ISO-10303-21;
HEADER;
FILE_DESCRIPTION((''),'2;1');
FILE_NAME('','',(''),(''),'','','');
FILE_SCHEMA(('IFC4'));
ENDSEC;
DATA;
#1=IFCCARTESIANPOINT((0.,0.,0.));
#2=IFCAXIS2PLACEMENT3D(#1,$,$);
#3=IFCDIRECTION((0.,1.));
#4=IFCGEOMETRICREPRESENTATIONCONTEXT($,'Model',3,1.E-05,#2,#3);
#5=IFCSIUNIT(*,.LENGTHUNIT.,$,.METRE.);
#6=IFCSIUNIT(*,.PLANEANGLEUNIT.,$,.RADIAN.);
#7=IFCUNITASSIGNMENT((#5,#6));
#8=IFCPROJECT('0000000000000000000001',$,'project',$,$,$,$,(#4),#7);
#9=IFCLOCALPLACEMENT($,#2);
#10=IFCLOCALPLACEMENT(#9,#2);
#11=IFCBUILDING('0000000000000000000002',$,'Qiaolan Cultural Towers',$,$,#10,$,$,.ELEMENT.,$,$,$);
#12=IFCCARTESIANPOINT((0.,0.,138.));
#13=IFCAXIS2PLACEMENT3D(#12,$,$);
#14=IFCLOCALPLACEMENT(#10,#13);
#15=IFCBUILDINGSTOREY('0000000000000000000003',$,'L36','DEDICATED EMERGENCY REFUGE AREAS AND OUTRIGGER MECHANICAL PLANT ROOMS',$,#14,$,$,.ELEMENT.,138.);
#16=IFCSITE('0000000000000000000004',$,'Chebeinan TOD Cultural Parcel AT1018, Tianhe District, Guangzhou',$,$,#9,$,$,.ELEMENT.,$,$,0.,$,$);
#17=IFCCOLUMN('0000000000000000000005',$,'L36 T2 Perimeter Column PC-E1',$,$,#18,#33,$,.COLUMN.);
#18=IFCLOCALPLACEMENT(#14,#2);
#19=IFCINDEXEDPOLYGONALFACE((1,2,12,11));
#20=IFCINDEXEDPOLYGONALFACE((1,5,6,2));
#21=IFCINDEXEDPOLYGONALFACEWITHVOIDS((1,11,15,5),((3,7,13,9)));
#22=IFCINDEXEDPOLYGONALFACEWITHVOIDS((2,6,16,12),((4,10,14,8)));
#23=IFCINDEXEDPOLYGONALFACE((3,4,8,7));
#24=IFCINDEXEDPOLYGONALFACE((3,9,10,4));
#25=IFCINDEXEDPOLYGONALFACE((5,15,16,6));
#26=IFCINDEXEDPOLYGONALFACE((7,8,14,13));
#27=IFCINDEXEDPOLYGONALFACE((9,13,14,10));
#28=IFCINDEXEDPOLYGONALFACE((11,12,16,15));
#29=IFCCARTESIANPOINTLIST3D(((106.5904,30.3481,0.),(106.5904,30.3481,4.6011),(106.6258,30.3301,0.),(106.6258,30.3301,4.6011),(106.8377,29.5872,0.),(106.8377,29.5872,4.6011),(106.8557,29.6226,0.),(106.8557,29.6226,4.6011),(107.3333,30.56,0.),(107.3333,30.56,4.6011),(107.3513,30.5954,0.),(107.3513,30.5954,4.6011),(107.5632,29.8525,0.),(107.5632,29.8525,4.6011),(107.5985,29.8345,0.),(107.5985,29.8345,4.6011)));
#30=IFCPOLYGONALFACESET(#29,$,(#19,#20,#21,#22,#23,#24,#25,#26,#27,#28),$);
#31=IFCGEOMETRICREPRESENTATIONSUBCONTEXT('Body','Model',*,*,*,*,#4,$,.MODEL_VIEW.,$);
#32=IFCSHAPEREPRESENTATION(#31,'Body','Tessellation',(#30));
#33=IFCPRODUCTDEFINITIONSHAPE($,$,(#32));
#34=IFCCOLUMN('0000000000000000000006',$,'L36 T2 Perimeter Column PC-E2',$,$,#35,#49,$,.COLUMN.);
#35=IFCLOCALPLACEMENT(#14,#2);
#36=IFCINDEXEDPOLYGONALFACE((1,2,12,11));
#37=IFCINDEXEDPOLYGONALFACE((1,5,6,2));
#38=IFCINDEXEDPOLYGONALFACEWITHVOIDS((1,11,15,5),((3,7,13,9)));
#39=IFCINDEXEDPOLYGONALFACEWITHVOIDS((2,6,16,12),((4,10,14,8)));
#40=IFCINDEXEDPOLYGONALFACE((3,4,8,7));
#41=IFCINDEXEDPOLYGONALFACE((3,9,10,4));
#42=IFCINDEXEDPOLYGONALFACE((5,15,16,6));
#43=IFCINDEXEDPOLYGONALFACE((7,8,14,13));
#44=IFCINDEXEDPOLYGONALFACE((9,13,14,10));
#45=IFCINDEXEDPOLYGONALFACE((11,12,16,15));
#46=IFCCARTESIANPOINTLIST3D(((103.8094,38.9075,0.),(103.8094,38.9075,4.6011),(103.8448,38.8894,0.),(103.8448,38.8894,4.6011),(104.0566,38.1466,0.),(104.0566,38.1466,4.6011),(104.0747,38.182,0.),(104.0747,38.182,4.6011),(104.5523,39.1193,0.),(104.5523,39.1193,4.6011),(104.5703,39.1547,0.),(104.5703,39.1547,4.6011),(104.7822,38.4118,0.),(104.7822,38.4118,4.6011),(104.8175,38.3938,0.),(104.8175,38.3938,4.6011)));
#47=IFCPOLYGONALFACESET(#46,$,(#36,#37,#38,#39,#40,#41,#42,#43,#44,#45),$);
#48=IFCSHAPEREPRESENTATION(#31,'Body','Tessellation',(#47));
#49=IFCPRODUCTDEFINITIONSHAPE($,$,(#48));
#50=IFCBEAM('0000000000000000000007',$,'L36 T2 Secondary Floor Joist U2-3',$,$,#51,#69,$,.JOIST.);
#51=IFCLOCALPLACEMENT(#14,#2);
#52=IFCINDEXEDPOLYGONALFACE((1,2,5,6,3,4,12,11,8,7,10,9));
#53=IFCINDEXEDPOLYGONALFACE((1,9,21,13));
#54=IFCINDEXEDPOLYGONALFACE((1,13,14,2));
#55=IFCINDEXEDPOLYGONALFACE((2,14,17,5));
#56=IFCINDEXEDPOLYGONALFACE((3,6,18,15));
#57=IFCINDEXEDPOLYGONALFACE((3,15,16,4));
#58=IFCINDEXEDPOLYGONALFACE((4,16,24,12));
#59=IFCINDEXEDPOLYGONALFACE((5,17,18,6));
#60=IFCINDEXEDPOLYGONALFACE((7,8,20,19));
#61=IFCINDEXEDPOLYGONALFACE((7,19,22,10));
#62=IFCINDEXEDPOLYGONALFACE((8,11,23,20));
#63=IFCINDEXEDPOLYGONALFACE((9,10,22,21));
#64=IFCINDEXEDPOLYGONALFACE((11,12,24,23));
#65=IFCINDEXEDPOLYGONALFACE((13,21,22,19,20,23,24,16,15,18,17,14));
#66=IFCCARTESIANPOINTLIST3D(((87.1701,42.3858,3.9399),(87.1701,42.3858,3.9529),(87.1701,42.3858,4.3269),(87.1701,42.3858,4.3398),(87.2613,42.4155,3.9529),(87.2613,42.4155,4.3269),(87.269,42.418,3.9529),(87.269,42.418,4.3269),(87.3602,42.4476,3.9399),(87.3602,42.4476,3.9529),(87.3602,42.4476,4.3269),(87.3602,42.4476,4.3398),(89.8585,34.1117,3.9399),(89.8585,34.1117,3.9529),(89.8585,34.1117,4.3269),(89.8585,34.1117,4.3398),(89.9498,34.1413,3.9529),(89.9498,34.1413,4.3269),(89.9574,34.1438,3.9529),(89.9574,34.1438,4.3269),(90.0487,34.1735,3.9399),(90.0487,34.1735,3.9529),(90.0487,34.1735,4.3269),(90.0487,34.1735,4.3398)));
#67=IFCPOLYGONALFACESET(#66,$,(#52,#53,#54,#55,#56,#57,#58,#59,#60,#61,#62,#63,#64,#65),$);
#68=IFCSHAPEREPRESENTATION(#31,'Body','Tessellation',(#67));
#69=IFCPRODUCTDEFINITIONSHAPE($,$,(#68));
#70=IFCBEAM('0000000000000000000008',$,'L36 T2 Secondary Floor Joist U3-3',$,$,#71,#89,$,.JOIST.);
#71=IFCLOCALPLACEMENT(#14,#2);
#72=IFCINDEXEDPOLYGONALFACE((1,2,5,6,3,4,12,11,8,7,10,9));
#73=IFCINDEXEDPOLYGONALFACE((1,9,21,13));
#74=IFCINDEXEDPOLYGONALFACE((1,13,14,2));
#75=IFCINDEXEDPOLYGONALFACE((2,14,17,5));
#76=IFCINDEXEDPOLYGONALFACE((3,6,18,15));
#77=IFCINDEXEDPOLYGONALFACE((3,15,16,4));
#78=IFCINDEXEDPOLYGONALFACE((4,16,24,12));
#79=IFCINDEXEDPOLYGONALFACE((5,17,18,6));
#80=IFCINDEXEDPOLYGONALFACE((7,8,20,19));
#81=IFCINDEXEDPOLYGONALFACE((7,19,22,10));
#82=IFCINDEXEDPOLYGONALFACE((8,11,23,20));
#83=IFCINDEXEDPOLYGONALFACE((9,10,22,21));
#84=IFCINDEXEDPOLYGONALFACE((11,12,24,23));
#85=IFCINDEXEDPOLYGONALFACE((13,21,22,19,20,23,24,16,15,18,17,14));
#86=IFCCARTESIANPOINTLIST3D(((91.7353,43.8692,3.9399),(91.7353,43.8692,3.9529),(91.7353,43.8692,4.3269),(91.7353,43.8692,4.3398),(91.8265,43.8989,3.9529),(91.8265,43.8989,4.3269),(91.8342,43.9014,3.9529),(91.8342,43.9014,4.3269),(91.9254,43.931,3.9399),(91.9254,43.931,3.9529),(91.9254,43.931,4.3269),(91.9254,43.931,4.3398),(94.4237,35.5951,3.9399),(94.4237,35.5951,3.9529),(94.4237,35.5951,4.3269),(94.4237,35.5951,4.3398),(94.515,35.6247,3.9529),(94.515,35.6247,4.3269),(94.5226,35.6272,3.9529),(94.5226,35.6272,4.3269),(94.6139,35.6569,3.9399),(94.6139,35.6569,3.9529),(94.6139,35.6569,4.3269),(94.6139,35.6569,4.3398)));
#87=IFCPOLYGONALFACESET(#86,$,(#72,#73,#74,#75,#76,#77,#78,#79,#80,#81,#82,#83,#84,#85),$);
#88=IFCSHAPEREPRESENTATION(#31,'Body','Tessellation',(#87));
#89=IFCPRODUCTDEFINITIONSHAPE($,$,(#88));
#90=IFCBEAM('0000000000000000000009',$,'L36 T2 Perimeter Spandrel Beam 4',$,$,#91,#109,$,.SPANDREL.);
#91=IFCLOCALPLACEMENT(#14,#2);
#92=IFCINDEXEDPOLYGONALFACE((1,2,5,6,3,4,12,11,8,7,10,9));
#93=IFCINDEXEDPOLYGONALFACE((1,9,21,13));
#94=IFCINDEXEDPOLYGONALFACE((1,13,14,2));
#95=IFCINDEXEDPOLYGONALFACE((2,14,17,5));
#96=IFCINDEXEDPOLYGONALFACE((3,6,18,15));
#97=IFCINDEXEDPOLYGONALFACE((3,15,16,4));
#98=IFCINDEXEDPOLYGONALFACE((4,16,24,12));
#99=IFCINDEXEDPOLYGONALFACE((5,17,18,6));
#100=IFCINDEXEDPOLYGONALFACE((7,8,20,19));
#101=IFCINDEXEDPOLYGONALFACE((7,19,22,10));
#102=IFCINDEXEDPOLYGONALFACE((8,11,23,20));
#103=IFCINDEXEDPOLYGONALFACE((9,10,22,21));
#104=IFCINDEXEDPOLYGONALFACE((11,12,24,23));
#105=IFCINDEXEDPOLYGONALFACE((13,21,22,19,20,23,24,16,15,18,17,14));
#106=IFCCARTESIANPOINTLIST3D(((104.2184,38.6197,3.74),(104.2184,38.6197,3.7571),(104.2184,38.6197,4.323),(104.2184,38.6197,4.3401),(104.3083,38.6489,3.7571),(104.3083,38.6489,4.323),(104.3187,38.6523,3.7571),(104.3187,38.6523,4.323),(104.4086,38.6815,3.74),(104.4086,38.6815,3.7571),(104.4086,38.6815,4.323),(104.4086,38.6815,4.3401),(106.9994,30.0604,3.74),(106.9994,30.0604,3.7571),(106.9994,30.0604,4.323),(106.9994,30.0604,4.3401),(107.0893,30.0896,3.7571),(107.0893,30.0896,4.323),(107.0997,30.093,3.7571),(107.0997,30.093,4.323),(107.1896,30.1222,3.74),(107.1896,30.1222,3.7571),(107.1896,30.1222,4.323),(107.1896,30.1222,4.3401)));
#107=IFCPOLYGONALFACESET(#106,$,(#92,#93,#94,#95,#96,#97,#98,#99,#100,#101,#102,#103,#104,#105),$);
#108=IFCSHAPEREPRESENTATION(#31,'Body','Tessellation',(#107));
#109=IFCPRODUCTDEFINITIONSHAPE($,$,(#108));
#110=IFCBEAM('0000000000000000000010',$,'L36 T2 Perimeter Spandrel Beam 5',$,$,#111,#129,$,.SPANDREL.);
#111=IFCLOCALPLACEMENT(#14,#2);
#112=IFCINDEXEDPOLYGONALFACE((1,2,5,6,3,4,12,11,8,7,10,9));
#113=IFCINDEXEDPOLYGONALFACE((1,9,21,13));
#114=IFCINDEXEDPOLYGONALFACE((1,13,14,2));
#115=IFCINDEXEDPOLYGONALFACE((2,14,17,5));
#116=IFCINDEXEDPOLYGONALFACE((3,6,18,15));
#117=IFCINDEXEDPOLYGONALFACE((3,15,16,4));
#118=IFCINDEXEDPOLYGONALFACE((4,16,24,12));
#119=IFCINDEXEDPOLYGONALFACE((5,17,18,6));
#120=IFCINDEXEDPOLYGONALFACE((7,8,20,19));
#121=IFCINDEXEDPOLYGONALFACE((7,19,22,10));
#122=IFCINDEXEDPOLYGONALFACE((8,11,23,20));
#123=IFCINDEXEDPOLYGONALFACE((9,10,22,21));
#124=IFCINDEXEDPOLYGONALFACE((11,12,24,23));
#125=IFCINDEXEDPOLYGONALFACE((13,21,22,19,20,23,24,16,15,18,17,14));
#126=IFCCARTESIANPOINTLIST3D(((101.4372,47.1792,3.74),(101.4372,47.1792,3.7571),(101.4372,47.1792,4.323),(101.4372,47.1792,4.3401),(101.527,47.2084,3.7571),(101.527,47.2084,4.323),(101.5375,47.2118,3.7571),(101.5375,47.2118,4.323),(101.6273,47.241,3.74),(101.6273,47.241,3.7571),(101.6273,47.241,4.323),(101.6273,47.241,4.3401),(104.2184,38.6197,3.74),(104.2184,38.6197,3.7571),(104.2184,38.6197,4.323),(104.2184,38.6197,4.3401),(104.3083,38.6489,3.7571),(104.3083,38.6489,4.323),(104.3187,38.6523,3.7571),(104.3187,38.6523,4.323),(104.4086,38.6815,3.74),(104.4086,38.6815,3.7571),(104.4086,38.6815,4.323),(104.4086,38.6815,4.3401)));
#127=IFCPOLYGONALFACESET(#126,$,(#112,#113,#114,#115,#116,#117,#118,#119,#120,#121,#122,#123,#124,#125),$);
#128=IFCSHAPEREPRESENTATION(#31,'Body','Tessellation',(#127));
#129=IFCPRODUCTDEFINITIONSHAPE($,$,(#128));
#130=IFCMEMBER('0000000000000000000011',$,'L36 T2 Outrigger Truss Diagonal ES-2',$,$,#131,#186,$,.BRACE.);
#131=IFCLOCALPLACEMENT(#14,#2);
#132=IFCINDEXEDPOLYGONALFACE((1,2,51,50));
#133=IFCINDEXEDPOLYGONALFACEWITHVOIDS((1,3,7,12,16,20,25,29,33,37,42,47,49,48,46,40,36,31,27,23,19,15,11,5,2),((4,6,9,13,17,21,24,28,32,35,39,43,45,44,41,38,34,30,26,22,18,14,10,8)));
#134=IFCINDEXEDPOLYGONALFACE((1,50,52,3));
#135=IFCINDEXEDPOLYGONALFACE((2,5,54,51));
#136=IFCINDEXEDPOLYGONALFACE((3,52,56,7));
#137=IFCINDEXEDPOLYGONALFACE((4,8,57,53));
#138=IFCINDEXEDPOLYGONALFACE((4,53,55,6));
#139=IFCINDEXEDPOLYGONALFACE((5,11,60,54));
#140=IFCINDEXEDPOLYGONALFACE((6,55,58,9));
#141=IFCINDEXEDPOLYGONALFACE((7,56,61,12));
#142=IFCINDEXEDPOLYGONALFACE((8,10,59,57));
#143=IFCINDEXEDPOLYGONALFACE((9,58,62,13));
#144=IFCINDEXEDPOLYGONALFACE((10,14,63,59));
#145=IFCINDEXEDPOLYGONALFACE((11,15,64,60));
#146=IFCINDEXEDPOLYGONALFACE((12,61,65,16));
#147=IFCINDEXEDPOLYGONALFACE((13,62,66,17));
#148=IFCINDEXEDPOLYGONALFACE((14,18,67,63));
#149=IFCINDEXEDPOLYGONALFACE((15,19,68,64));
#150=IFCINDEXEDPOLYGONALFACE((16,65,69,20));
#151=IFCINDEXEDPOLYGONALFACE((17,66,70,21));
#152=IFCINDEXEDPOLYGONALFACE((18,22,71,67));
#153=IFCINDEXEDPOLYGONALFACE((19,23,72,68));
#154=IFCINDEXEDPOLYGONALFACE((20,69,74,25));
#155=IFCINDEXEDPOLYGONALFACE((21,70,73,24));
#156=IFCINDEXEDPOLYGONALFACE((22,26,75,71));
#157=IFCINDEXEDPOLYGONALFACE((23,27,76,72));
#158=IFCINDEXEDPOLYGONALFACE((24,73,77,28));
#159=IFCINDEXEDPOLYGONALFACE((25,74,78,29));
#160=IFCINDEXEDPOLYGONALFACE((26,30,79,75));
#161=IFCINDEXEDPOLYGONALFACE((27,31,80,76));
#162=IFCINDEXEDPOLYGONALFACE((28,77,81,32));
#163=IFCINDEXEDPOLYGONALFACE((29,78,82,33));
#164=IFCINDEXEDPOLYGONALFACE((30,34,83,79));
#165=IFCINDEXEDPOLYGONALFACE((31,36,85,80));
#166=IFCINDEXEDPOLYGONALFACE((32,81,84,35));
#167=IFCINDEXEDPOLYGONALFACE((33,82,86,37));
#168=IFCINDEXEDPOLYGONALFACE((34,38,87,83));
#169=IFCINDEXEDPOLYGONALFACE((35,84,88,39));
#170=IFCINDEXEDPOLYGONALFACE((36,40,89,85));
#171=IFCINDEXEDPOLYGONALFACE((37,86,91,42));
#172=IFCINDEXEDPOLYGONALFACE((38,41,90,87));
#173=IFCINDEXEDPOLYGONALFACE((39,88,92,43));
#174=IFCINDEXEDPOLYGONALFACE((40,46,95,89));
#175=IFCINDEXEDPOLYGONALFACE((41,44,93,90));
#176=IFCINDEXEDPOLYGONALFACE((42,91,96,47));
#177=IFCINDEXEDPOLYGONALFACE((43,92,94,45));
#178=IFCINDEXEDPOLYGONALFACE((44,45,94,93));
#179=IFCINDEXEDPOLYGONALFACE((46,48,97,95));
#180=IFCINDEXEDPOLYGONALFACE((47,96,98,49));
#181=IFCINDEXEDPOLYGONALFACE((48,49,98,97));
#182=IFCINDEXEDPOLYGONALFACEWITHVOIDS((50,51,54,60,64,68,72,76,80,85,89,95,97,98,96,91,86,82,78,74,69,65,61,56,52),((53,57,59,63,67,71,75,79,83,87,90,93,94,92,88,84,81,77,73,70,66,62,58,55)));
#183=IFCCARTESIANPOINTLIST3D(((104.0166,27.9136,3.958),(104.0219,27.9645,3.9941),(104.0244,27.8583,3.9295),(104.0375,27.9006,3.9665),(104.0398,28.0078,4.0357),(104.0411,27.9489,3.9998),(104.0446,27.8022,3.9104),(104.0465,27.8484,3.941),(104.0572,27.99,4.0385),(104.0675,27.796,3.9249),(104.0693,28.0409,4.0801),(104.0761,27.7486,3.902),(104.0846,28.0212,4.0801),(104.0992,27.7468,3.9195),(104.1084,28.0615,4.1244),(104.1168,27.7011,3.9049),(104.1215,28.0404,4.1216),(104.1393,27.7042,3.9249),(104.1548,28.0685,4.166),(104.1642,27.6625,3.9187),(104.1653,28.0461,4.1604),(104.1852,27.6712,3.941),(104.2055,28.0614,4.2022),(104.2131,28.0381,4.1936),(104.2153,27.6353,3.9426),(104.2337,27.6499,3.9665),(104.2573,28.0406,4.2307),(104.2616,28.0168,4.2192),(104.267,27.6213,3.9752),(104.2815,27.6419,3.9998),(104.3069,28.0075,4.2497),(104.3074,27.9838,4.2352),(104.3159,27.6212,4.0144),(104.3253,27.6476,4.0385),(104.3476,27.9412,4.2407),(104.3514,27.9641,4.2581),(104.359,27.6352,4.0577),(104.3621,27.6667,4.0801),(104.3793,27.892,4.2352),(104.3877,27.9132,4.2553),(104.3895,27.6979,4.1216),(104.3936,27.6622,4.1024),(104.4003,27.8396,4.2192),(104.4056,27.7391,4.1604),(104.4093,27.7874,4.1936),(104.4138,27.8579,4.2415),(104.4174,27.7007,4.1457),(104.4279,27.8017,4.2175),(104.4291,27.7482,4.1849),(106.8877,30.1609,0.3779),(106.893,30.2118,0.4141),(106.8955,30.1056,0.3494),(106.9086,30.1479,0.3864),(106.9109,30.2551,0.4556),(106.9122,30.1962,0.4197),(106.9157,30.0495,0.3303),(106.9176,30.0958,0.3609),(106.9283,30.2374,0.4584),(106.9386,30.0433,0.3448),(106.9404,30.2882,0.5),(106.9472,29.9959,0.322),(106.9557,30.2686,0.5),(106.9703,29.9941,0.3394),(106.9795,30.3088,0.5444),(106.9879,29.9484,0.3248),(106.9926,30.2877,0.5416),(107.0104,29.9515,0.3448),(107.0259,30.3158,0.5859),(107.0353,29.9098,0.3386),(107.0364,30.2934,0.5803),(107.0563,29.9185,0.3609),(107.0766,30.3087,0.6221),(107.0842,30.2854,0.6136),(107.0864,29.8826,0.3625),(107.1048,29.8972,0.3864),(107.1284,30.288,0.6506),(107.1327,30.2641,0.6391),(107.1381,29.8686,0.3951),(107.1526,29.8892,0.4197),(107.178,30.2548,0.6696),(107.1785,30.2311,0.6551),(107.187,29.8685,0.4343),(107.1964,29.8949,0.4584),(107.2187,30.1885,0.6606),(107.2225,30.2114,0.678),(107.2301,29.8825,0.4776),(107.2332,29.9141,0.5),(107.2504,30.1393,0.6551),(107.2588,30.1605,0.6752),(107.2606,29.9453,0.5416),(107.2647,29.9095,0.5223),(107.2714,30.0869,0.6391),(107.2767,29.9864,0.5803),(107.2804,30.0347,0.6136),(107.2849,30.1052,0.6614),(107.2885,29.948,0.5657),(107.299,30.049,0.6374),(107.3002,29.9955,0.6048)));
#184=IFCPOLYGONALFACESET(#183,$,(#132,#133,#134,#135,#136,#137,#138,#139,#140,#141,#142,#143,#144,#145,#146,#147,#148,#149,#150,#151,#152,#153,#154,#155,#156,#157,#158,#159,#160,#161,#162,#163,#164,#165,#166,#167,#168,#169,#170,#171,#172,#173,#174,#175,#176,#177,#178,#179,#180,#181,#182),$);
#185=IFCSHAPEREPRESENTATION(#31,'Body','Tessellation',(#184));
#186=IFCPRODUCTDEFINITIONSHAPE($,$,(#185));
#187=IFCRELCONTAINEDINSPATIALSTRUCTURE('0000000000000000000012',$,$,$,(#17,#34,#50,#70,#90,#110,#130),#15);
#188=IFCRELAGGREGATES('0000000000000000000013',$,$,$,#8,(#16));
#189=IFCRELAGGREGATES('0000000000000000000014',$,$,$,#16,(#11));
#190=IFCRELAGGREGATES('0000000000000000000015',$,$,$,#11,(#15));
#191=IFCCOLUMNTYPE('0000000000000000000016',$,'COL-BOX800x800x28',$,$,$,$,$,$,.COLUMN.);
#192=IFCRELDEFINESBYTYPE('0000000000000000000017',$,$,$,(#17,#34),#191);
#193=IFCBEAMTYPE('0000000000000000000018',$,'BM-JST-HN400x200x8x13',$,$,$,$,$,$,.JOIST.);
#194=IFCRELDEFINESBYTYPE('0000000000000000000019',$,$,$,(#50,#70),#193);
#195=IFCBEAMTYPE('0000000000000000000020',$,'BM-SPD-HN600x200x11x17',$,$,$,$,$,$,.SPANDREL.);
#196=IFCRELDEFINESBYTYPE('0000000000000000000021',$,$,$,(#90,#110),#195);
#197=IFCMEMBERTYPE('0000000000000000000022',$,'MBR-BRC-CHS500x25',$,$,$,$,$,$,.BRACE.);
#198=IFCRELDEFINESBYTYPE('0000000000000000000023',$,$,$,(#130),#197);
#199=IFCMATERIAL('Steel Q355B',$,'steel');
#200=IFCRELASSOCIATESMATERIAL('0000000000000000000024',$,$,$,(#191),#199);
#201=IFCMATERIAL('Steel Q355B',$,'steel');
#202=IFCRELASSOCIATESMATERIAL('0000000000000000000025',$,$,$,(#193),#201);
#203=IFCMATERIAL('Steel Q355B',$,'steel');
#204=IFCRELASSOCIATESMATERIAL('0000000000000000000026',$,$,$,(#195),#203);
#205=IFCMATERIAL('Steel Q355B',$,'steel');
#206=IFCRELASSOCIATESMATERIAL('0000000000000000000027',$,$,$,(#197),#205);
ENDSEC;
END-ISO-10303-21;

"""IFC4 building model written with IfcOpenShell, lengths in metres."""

from ifc_helpers import new_model, si_unit, direction, frame, origin, origin_2d, place, context, subcontext, project, spatial, hollow_rectangle, hollow_circle, i_section, extrude, material, material_profile, profile_set, type_object, element, save


model = new_model("IFC4")

# Units and contexts
model_context = context("Model", 3, precision=1e-05, world=origin(), true_north=direction((0.0, 1.0)))
body_context = subcontext(model_context, "Body", "Model", "MODEL_VIEW")
ifc_project = project(units=[si_unit("LENGTHUNIT", "METRE"), si_unit("PLANEANGLEUNIT", "RADIAN")], contexts=[model_context])

# Site, building, storey
site_placement = place(None, origin())
site = spatial("IfcSite", under=ifc_project, at=site_placement, Name="Chebeinan TOD Cultural Parcel AT1018, Tianhe District, Guangzhou", CompositionType="ELEMENT", RefElevation=0.0)
building_placement = place(site_placement, origin())
building = spatial("IfcBuilding", under=site, at=building_placement, Name="Qiaolan Cultural Towers", CompositionType="ELEMENT")
storey_placement = place(building_placement, frame((0.0, 0.0, 138.0)))
storey = spatial("IfcBuildingStorey", under=building, at=storey_placement, Name="L36", Description="DEDICATED EMERGENCY REFUGE AREAS AND OUTRIGGER MECHANICAL PLANT ROOMS", CompositionType="ELEMENT", Elevation=138.0)

# Columns
ifc_material_1 = material(Name="Steel Q355B", Category="steel")
ifc_material_profile_1 = material_profile(ifc_material_1, hollow_rectangle(XDim=0.8, YDim=0.8, WallThickness=0.0281, at=origin_2d()), Name="BOX800x800x28")
ifc_profile_set_1 = profile_set([ifc_material_profile_1], Name="Steel Q355B")
column_type = type_object("IfcColumnType", Name="COL-BOX800x800x28", PredefinedType="COLUMN", material=ifc_profile_set_1)
for number, where, z_axis, x_axis, name in (
    (1, (107.0945, 30.0913, 0.0), (0.0, 0.0, 1.0), (0.951057, 0.309017, 0.0), "L36 T2 Perimeter Column PC-E1"),
    (2, (104.3135, 38.6506, 0.0), (0.0, 0.0, 1.0), (0.951057, 0.309017, 0.0), "L36 T2 Perimeter Column PC-E2"),
):
    element("IfcColumn", number, at=place(storey_placement, frame(where, z_axis=z_axis, x_axis=x_axis)), inside=storey, type_object=column_type, Name=name, PredefinedType="COLUMN", context=body_context, shape_type="SweptSolid", body=[
        extrude(hollow_rectangle(XDim=0.8, YDim=0.8, WallThickness=0.0281, at=origin_2d()), origin(), (0.0, 0.0, 1.0), 4.6011),
    ])

# Beams
ifc_material_2 = material(Name="Steel Q355B", Category="steel")
ifc_material_profile_2 = material_profile(ifc_material_2, i_section(OverallWidth=0.2, OverallDepth=0.3999, WebThickness=0.0081, FlangeThickness=0.0129, at=origin_2d()), Name="HN400x200x8x13")
ifc_profile_set_2 = profile_set([ifc_material_profile_2], Name="Steel Q355B")
beam_type_1 = type_object("IfcBeamType", Name="BM-JST-HN400x200x8x13", PredefinedType="JOIST", material=ifc_profile_set_2)
for number, where, z_axis, x_axis, name in (
    (3, (89.9536, 34.1426, 4.1399), (-0.309021, 0.951055, 0.0), (-0.951055, -0.309021, 0.0), "L36 T2 Secondary Floor Joist U2-3"),
    (4, (94.5188, 35.626, 4.1399), (-0.309021, 0.951055, 0.0), (-0.951055, -0.309021, 0.0), "L36 T2 Secondary Floor Joist U3-3"),
):
    element("IfcBeam", number, at=place(storey_placement, frame(where, z_axis=z_axis, x_axis=x_axis)), inside=storey, type_object=beam_type_1, Name=name, PredefinedType="JOIST", context=body_context, shape_type="SweptSolid", body=[
        extrude(i_section(OverallWidth=0.2, OverallDepth=0.3999, WebThickness=0.0081, FlangeThickness=0.0129, at=origin_2d()), origin(), (0.0, 0.0, 1.0), 8.7),
    ])
ifc_material_3 = material(Name="Steel Q355B", Category="steel")
ifc_material_profile_3 = material_profile(ifc_material_3, i_section(OverallWidth=0.2, OverallDepth=0.6001, WebThickness=0.011, FlangeThickness=0.0171, at=origin_2d()), Name="HN600x200x11x17")
ifc_profile_set_3 = profile_set([ifc_material_profile_3], Name="Steel Q355B")
beam_type_2 = type_object("IfcBeamType", Name="BM-SPD-HN600x200x11x17", PredefinedType="SPANDREL", material=ifc_profile_set_3)
beam_1_placement = place(storey_placement, frame((107.0945, 30.0913, 4.04), z_axis=(-0.309008, 0.951059, 0.0), x_axis=(-0.951059, -0.309008, 0.0)))
element("IfcBeam", 5, at=beam_1_placement, inside=storey, type_object=beam_type_2, Name="L36 T2 Perimeter Spandrel Beam 4", PredefinedType="SPANDREL", context=body_context, shape_type="SweptSolid", body=[
    extrude(i_section(OverallWidth=0.2, OverallDepth=0.6001, WebThickness=0.011, FlangeThickness=0.0171, at=origin_2d()), origin(), (0.0, 0.0, 1.0), 8.9998),
])
beam_2_placement = place(storey_placement, frame((104.3135, 38.6506, 4.04), z_axis=(-0.309025, 0.951054, 0.0), x_axis=(-0.951054, -0.309025, 0.0)))
element("IfcBeam", 6, at=beam_2_placement, inside=storey, type_object=beam_type_2, Name="L36 T2 Perimeter Spandrel Beam 5", PredefinedType="SPANDREL", context=body_context, shape_type="SweptSolid", body=[
    extrude(i_section(OverallWidth=0.2, OverallDepth=0.6001, WebThickness=0.011, FlangeThickness=0.0171, at=origin_2d()), origin(), (0.0, 0.0, 1.0), 9.0),
])

# Member
ifc_material_4 = material(Name="Steel Q355B", Category="steel")
ifc_material_profile_4 = material_profile(ifc_material_4, hollow_circle(Radius=0.25, WallThickness=0.0249, at=origin_2d()), Name="CHS500x25")
ifc_profile_set_4 = profile_set([ifc_material_profile_4], Name="Steel Q355B")
member_type_1 = type_object("IfcMemberType", Name="MBR-BRC-CHS500x25", PredefinedType="BRACE", material=ifc_profile_set_4)
member_1_placement = place(storey_placement, frame((104.2234, 27.844, 4.0801), z_axis=(0.561874, 0.439801, -0.700623), x_axis=(-0.616371, 0.787456, 0.0)))
element("IfcMember", 7, at=member_1_placement, inside=storey, type_object=member_type_1, Name="L36 T2 Outrigger Truss Diagonal ES-2", PredefinedType="BRACE", context=body_context, shape_type="SweptSolid", body=[
    extrude(hollow_circle(Radius=0.25, WallThickness=0.0249, at=origin_2d()), origin(), (0.0, 0.0, 1.0), 5.1099),
])

save(model, "model.ifc")
